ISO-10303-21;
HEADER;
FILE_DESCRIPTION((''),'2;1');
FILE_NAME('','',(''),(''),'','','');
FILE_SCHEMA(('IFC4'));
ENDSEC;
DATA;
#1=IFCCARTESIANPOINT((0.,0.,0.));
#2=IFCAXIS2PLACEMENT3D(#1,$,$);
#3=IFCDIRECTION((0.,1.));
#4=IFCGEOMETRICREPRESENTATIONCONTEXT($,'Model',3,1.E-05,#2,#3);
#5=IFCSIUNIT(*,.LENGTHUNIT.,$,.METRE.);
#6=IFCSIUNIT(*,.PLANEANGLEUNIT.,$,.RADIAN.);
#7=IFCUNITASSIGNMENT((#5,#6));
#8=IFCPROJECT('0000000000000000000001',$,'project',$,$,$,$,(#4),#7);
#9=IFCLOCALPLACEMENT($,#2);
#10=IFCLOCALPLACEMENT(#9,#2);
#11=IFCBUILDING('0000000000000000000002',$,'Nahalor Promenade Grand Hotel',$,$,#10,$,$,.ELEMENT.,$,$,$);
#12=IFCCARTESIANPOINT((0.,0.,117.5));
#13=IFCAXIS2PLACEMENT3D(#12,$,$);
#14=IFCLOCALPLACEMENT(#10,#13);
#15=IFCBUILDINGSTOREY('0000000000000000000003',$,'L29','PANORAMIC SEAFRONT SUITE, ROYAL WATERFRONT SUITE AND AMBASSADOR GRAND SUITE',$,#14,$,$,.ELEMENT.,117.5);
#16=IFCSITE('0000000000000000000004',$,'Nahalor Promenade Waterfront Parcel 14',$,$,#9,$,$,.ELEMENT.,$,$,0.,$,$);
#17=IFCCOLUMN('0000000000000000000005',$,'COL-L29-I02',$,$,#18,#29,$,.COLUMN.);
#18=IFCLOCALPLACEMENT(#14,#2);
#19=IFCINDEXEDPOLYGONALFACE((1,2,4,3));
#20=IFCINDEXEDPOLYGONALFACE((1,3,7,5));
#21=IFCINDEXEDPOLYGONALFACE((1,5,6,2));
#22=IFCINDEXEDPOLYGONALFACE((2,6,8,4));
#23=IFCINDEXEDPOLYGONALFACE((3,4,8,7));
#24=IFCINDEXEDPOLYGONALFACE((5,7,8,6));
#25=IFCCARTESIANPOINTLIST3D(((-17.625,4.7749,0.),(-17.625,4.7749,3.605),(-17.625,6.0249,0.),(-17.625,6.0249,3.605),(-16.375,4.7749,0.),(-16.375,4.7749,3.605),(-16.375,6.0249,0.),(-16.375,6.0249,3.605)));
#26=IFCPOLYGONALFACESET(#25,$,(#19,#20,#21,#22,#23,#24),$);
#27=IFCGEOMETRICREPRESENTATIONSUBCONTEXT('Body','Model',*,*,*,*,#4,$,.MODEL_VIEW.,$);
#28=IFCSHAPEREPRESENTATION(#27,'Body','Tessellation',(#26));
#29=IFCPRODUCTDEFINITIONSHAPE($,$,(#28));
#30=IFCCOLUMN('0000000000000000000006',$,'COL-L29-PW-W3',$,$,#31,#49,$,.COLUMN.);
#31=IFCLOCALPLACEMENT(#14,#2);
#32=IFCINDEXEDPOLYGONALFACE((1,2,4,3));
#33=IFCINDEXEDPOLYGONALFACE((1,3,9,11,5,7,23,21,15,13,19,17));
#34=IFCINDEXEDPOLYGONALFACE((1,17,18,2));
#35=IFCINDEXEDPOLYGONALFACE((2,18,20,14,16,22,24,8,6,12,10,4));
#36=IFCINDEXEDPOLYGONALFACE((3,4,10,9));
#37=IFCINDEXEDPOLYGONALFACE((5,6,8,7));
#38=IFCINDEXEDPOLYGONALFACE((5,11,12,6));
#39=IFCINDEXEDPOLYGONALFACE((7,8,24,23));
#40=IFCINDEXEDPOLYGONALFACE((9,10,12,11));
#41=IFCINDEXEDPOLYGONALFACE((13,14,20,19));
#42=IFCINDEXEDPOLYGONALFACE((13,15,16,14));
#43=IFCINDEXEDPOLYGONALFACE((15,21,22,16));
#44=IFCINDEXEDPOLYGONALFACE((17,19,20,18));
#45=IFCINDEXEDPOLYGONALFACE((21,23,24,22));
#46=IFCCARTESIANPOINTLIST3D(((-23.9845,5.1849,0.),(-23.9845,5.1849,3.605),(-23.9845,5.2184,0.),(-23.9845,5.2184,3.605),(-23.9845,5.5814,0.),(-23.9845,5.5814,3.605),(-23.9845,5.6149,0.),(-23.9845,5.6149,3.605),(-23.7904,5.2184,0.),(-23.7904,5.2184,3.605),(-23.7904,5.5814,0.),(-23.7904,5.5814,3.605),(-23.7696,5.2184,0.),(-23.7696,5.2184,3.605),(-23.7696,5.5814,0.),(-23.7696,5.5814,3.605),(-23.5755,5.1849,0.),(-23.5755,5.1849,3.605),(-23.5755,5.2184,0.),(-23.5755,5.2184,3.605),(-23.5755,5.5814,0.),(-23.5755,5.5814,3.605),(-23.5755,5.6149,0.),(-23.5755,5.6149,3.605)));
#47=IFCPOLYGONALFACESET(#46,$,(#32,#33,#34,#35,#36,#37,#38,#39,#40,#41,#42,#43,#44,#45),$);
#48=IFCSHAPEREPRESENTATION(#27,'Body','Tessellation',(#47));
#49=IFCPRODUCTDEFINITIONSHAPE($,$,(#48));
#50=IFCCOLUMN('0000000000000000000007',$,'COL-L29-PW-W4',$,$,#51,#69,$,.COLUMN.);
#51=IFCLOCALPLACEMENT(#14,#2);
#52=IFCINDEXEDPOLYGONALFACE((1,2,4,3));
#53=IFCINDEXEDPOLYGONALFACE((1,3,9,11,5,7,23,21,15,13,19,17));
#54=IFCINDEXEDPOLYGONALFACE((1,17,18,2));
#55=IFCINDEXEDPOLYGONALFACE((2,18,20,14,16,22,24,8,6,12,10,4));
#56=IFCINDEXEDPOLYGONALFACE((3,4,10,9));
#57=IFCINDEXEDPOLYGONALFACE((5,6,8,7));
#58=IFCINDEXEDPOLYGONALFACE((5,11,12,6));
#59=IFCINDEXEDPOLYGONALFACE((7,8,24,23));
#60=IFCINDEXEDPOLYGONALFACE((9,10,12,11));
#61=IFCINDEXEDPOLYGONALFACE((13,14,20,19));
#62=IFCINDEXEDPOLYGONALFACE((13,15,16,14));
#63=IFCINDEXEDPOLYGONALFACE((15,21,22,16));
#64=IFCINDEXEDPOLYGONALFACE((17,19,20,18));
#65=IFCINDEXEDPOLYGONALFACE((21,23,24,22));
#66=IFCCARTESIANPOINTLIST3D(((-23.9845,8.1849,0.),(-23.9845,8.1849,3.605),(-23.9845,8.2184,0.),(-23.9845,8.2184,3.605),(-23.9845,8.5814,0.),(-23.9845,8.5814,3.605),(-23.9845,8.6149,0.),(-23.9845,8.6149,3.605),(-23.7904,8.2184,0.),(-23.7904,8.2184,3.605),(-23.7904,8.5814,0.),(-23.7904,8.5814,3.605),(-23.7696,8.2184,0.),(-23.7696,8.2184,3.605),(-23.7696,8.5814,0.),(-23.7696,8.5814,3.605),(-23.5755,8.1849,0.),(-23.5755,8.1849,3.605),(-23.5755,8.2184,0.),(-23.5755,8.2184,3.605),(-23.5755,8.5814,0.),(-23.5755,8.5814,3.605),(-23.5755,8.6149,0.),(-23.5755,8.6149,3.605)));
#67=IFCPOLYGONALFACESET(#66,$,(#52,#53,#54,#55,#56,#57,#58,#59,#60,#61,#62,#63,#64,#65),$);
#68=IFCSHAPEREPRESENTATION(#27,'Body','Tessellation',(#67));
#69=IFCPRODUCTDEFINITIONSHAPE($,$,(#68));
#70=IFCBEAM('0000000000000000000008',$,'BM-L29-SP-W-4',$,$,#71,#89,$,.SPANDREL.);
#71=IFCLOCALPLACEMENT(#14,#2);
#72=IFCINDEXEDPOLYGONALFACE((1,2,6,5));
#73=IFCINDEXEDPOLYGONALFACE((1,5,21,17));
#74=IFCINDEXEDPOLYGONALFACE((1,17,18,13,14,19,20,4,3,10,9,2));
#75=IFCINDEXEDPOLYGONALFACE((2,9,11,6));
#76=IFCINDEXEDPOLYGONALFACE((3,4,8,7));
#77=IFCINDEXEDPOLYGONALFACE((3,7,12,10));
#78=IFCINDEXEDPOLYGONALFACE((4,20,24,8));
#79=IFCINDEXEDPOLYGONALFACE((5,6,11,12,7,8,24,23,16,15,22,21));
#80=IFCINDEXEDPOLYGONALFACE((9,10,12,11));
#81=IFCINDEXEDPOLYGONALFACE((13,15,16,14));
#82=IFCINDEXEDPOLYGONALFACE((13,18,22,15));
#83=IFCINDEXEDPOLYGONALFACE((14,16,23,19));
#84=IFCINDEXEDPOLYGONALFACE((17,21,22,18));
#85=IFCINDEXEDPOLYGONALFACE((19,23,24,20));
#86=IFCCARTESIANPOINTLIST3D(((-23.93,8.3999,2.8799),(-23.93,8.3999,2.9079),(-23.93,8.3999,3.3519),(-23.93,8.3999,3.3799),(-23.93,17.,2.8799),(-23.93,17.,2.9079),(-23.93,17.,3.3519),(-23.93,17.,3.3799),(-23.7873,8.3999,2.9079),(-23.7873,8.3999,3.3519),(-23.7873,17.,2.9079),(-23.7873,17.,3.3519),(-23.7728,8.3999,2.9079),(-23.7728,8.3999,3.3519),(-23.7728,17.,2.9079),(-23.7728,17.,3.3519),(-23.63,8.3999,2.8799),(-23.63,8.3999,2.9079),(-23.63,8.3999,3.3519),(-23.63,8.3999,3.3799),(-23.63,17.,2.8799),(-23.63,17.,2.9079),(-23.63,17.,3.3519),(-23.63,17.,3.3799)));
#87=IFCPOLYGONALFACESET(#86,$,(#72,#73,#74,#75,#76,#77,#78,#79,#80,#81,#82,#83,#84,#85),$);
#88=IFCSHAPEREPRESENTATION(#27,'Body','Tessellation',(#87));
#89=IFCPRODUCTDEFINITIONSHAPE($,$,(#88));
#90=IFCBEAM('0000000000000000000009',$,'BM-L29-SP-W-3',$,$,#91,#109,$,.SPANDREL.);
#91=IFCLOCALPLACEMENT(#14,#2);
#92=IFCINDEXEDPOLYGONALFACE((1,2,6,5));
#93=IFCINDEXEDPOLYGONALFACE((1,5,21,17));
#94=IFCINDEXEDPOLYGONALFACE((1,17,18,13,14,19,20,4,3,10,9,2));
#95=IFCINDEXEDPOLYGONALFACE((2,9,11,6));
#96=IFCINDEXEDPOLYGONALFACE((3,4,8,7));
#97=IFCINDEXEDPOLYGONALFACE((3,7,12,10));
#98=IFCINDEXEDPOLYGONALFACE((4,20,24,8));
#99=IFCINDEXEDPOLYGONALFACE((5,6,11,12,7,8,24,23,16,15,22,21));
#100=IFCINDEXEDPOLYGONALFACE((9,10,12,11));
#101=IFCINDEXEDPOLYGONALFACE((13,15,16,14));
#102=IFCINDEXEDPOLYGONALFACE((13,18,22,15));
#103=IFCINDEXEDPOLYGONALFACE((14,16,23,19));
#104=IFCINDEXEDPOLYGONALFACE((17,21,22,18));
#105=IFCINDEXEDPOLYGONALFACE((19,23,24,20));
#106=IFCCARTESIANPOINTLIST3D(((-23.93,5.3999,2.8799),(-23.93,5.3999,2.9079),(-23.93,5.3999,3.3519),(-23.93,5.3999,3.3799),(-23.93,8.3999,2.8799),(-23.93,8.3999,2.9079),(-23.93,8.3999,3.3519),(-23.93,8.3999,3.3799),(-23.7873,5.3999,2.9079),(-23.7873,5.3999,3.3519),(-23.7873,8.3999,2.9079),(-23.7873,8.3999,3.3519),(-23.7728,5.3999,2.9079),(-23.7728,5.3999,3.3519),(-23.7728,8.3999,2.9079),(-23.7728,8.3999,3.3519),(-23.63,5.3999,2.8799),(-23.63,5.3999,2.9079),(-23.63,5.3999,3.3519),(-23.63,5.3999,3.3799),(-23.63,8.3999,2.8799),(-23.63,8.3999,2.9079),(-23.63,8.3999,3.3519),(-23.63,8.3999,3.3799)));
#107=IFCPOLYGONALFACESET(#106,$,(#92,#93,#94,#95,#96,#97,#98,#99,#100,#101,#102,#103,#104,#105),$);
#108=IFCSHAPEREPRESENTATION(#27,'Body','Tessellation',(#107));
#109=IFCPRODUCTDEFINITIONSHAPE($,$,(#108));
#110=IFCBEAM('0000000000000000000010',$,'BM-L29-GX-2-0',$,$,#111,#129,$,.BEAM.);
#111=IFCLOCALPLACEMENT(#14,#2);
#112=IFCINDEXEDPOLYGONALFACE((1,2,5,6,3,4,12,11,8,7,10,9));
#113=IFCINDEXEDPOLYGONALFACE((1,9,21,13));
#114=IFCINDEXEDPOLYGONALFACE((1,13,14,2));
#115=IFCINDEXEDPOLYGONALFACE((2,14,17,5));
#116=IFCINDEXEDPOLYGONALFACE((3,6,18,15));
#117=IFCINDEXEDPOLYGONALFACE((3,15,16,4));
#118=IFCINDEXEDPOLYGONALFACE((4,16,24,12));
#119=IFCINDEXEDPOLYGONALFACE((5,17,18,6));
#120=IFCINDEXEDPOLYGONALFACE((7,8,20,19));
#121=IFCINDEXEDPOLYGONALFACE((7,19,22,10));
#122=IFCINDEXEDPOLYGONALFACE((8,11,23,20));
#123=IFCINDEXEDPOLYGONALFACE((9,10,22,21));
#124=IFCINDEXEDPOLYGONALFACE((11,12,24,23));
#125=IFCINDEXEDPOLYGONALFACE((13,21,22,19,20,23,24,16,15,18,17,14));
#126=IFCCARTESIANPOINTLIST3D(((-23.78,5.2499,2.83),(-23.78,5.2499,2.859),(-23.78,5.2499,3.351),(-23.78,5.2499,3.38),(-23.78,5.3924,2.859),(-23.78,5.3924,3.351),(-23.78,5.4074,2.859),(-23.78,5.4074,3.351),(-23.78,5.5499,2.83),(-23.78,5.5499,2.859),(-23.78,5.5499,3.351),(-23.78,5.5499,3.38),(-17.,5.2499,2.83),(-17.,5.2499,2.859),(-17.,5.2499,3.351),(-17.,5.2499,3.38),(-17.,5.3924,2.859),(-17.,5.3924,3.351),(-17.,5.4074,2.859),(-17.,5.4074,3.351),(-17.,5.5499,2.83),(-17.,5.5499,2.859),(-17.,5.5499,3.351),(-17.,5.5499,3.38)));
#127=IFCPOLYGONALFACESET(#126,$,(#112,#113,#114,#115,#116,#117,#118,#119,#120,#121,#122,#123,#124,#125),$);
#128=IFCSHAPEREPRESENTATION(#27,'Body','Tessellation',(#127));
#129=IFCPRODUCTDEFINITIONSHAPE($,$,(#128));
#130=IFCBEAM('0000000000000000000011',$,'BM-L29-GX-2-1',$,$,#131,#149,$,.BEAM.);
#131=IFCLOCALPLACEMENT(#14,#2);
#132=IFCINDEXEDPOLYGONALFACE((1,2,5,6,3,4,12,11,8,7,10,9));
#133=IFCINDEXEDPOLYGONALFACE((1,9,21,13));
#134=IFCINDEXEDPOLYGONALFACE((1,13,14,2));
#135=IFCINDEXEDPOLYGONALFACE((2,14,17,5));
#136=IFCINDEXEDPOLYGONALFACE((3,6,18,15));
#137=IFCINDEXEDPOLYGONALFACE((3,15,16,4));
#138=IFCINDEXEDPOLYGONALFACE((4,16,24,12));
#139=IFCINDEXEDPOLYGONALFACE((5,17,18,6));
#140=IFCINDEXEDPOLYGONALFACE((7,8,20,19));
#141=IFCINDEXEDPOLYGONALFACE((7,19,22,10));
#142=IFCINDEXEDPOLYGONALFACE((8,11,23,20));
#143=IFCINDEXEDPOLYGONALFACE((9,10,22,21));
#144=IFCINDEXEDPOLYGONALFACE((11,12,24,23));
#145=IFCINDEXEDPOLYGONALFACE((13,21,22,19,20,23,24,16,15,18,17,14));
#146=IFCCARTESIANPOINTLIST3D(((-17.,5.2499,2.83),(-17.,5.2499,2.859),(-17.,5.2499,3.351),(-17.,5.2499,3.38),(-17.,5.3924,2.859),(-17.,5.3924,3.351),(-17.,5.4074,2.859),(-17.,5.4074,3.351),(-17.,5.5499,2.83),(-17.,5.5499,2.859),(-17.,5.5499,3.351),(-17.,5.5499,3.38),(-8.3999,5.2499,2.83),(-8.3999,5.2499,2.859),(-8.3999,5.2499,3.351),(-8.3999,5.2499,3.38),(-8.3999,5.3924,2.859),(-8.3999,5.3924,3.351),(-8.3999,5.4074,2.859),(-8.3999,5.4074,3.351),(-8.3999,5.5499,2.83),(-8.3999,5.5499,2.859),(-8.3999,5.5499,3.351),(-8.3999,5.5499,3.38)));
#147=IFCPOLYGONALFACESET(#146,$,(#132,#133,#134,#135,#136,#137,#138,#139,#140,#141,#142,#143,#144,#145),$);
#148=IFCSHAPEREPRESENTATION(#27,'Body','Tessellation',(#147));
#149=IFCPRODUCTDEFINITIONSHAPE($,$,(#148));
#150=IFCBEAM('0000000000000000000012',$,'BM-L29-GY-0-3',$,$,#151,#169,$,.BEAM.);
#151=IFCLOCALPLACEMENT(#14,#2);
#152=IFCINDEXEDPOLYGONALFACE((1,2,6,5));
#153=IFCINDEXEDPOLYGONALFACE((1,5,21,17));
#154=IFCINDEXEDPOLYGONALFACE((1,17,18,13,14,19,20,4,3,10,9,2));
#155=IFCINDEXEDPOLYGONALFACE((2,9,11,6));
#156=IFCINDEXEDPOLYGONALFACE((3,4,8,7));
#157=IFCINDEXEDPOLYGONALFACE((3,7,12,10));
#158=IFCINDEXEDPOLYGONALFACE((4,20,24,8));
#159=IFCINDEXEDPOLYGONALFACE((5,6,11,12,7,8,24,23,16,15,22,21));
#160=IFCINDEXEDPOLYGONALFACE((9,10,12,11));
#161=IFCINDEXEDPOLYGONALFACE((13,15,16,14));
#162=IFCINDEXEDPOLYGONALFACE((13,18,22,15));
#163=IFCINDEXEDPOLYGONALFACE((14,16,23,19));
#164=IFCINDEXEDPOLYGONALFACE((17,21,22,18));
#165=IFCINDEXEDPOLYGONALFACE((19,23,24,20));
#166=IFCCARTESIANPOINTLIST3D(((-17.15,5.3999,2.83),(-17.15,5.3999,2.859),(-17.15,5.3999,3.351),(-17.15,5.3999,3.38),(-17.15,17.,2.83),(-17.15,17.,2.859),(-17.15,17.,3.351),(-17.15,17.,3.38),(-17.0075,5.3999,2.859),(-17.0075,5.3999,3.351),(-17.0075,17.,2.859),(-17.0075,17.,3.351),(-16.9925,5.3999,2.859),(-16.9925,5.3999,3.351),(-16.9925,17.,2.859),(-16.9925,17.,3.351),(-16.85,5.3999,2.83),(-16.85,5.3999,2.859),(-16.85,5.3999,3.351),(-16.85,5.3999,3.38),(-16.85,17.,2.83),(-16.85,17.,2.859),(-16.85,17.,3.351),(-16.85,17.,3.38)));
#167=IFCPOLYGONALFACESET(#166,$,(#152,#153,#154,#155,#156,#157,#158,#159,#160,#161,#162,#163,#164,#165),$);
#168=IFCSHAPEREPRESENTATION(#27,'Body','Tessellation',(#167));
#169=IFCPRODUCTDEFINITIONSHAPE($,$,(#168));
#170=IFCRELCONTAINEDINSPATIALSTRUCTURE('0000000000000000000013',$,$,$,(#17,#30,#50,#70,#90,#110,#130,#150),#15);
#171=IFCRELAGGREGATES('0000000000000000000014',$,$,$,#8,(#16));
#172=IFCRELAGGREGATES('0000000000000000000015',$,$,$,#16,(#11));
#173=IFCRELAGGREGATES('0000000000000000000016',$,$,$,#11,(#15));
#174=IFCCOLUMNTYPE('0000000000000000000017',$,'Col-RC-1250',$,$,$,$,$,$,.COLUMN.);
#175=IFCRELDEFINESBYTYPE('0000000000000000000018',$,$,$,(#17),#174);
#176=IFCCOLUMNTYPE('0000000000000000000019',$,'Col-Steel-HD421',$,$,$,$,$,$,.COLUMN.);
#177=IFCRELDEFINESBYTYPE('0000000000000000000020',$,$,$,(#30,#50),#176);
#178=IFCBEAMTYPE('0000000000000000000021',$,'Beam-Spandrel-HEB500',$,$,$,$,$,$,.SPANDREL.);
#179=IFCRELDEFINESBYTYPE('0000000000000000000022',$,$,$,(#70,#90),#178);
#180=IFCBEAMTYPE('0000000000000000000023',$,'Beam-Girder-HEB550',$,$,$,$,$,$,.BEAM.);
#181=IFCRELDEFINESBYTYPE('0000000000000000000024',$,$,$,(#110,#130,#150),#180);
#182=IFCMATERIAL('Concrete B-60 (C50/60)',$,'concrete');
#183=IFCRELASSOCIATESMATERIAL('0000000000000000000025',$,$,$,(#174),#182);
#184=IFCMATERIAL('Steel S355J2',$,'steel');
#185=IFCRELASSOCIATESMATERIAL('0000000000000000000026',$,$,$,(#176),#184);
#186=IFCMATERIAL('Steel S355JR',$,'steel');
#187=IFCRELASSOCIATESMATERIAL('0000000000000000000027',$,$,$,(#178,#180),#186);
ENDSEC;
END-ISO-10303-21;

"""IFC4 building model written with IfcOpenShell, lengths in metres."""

from ifc_helpers import new_model, si_unit, direction, frame, origin, origin_2d, place, context, subcontext, project, spatial, rectangle, i_section, extrude, source, transform, mapped, material, material_profile, profile_set, type_object, element, save


model = new_model("IFC4")

# Units and contexts
model_context = context("Model", 3, precision=1e-05, world=origin(), true_north=direction((0.0, 1.0)))
body_context = subcontext(model_context, "Body", "Model", "MODEL_VIEW")
ifc_project = project(units=[si_unit("LENGTHUNIT", "METRE"), si_unit("PLANEANGLEUNIT", "RADIAN")], contexts=[model_context])

# Site, building, storey
site_placement = place(None, origin())
site = spatial("IfcSite", under=ifc_project, at=site_placement, Name="Nahalor Promenade Waterfront Parcel 14", CompositionType="ELEMENT", RefElevation=0.0)
building_placement = place(site_placement, origin())
building = spatial("IfcBuilding", under=site, at=building_placement, Name="Nahalor Promenade Grand Hotel", CompositionType="ELEMENT")
storey_placement = place(building_placement, frame((0.0, 0.0, 117.5)))
storey = spatial("IfcBuildingStorey", under=building, at=storey_placement, Name="L29", Description="PANORAMIC SEAFRONT SUITE, ROYAL WATERFRONT SUITE AND AMBASSADOR GRAND SUITE", CompositionType="ELEMENT", Elevation=117.5)

# Columns
ifc_material_1 = material(Name="Concrete B-60 (C50/60)", Category="concrete")
ifc_material_profile_1 = material_profile(ifc_material_1, rectangle(XDim=1.25, YDim=1.25, at=origin_2d()), Name="RC 1250x1250")
ifc_profile_set_1 = profile_set([ifc_material_profile_1], Name="Concrete B-60 (C50/60)")
column_type_1 = type_object("IfcColumnType", Name="Col-RC-1250", PredefinedType="COLUMN", material=ifc_profile_set_1)
shared_shape_1 = source(origin(), body_context, "Body", "SweptSolid", [
    extrude(rectangle(XDim=1.25, YDim=1.25, at=origin_2d()), origin(), (0.0, 0.0, 1.0), 3.605),
])
column_placement = place(storey_placement, frame((-17.0, 5.3999, 0.0), z_axis=(0.0, 0.0, 1.0), x_axis=(1.0, 0.0, 0.0)))
element("IfcColumn", 1, at=column_placement, inside=storey, type_object=column_type_1, Name="COL-L29-I02", PredefinedType="COLUMN", context=body_context, shape_type="MappedRepresentation", body=[
    mapped(shared_shape_1, transform((0.0, 0.0, 0.0), scale=1.0)),
])
ifc_material_2 = material(Name="Steel S355J2", Category="steel")
ifc_material_profile_2 = material_profile(ifc_material_2, i_section(OverallWidth=0.409, OverallDepth=0.43, WebThickness=0.0208, FlangeThickness=0.0335, at=origin_2d()), Name="HD 400x421")
ifc_profile_set_2 = profile_set([ifc_material_profile_2], Name="Steel S355J2")
column_type_2 = type_object("IfcColumnType", Name="Col-Steel-HD421", PredefinedType="COLUMN", material=ifc_profile_set_2)
shared_shape_2 = source(origin(), body_context, "Body", "SweptSolid", [
    extrude(i_section(OverallWidth=0.409, OverallDepth=0.43, WebThickness=0.0208, FlangeThickness=0.0335, at=origin_2d()), origin(), (0.0, 0.0, 1.0), 3.605),
])
for number, where, z_axis, x_axis, name in (
    (2, (-23.78, 5.3999, 0.0), (0.0, 0.0, 1.0), (1.0, 0.0, 0.0), "COL-L29-PW-W3"),
    (3, (-23.78, 8.3999, 0.0), (0.0, 0.0, 1.0), (1.0, 0.0, 0.0), "COL-L29-PW-W4"),
):
    element("IfcColumn", number, at=place(storey_placement, frame(where, z_axis=z_axis, x_axis=x_axis)), inside=storey, type_object=column_type_2, Name=name, PredefinedType="COLUMN", context=body_context, shape_type="MappedRepresentation", body=[
        mapped(shared_shape_2, transform((0.0, 0.0, 0.0), scale=1.0)),
    ])

# Beams
ifc_material_3 = material(Name="Steel S355JR", Category="steel")
ifc_material_profile_3 = material_profile(ifc_material_3, i_section(OverallWidth=0.3, OverallDepth=0.5, WebThickness=0.0145, FlangeThickness=0.028, at=origin_2d()), Name="HEB 500")
ifc_profile_set_3 = profile_set([ifc_material_profile_3], Name="Steel S355JR")
beam_type_1 = type_object("IfcBeamType", Name="Beam-Spandrel-HEB500", PredefinedType="SPANDREL", material=ifc_profile_set_3)
shared_shape_3 = source(origin(), body_context, "Body", "SweptSolid", [
    extrude(i_section(OverallWidth=0.3, OverallDepth=0.5, WebThickness=0.0145, FlangeThickness=0.028, at=origin_2d()), origin(), (0.0, 0.0, 1.0), 8.6001),
])
beam_1_placement = place(storey_placement, frame((-23.78, 8.3999, 3.1299), z_axis=(0.0, 1.0, 0.0), x_axis=(-1.0, 0.0, 0.0)))
element("IfcBeam", 4, at=beam_1_placement, inside=storey, type_object=beam_type_1, Name="BM-L29-SP-W-4", PredefinedType="SPANDREL", context=body_context, shape_type="MappedRepresentation", body=[
    mapped(shared_shape_3, transform((0.0, 0.0, 0.0), scale=1.0)),
])
shared_shape_4 = source(origin(), body_context, "Body", "SweptSolid", [
    extrude(i_section(OverallWidth=0.3, OverallDepth=0.5, WebThickness=0.0145, FlangeThickness=0.028, at=origin_2d()), origin(), (0.0, 0.0, 1.0), 3.0),
])
beam_2_placement = place(storey_placement, frame((-23.78, 5.3999, 3.1299), z_axis=(0.0, 1.0, 0.0), x_axis=(-1.0, 0.0, 0.0)))
element("IfcBeam", 5, at=beam_2_placement, inside=storey, type_object=beam_type_1, Name="BM-L29-SP-W-3", PredefinedType="SPANDREL", context=body_context, shape_type="MappedRepresentation", body=[
    mapped(shared_shape_4, transform((0.0, 0.0, 0.0), scale=1.0)),
])
ifc_material_profile_4 = material_profile(ifc_material_3, i_section(OverallWidth=0.3, OverallDepth=0.55, WebThickness=0.015, FlangeThickness=0.029, at=origin_2d()), Name="HEB 550")
ifc_profile_set_4 = profile_set([ifc_material_profile_4], Name="Steel S355JR")
beam_type_2 = type_object("IfcBeamType", Name="Beam-Girder-HEB550", PredefinedType="BEAM", material=ifc_profile_set_4)
shared_shape_5 = source(origin(), body_context, "Body", "SweptSolid", [
    extrude(i_section(OverallWidth=0.3, OverallDepth=0.55, WebThickness=0.015, FlangeThickness=0.029, at=origin_2d()), origin(), (0.0, 0.0, 1.0), 6.78),
])
beam_3_placement = place(storey_placement, frame((-23.78, 5.3999, 3.105), z_axis=(1.0, 0.0, 0.0), x_axis=(0.0, 1.0, 0.0)))
element("IfcBeam", 6, at=beam_3_placement, inside=storey, type_object=beam_type_2, Name="BM-L29-GX-2-0", PredefinedType="BEAM", context=body_context, shape_type="MappedRepresentation", body=[
    mapped(shared_shape_5, transform((0.0, 0.0, 0.0), scale=1.0)),
])
shared_shape_6 = source(origin(), body_context, "Body", "SweptSolid", [
    extrude(i_section(OverallWidth=0.3, OverallDepth=0.55, WebThickness=0.015, FlangeThickness=0.029, at=origin_2d()), origin(), (0.0, 0.0, 1.0), 8.6001),
])
beam_4_placement = place(storey_placement, frame((-17.0, 5.3999, 3.105), z_axis=(1.0, 0.0, 0.0), x_axis=(0.0, 1.0, 0.0)))
element("IfcBeam", 7, at=beam_4_placement, inside=storey, type_object=beam_type_2, Name="BM-L29-GX-2-1", PredefinedType="BEAM", context=body_context, shape_type="MappedRepresentation", body=[
    mapped(shared_shape_6, transform((0.0, 0.0, 0.0), scale=1.0)),
])
shared_shape_7 = source(origin(), body_context, "Body", "SweptSolid", [
    extrude(i_section(OverallWidth=0.3, OverallDepth=0.55, WebThickness=0.015, FlangeThickness=0.029, at=origin_2d()), origin(), (0.0, 0.0, 1.0), 11.6001),
])
beam_5_placement = place(storey_placement, frame((-17.0, 5.3999, 3.105), z_axis=(0.0, 1.0, 0.0), x_axis=(-1.0, 0.0, 0.0)))
element("IfcBeam", 8, at=beam_5_placement, inside=storey, type_object=beam_type_2, Name="BM-L29-GY-0-3", PredefinedType="BEAM", context=body_context, shape_type="MappedRepresentation", body=[
    mapped(shared_shape_7, transform((0.0, 0.0, 0.0), scale=1.0)),
])

save(model, "model.ifc")
